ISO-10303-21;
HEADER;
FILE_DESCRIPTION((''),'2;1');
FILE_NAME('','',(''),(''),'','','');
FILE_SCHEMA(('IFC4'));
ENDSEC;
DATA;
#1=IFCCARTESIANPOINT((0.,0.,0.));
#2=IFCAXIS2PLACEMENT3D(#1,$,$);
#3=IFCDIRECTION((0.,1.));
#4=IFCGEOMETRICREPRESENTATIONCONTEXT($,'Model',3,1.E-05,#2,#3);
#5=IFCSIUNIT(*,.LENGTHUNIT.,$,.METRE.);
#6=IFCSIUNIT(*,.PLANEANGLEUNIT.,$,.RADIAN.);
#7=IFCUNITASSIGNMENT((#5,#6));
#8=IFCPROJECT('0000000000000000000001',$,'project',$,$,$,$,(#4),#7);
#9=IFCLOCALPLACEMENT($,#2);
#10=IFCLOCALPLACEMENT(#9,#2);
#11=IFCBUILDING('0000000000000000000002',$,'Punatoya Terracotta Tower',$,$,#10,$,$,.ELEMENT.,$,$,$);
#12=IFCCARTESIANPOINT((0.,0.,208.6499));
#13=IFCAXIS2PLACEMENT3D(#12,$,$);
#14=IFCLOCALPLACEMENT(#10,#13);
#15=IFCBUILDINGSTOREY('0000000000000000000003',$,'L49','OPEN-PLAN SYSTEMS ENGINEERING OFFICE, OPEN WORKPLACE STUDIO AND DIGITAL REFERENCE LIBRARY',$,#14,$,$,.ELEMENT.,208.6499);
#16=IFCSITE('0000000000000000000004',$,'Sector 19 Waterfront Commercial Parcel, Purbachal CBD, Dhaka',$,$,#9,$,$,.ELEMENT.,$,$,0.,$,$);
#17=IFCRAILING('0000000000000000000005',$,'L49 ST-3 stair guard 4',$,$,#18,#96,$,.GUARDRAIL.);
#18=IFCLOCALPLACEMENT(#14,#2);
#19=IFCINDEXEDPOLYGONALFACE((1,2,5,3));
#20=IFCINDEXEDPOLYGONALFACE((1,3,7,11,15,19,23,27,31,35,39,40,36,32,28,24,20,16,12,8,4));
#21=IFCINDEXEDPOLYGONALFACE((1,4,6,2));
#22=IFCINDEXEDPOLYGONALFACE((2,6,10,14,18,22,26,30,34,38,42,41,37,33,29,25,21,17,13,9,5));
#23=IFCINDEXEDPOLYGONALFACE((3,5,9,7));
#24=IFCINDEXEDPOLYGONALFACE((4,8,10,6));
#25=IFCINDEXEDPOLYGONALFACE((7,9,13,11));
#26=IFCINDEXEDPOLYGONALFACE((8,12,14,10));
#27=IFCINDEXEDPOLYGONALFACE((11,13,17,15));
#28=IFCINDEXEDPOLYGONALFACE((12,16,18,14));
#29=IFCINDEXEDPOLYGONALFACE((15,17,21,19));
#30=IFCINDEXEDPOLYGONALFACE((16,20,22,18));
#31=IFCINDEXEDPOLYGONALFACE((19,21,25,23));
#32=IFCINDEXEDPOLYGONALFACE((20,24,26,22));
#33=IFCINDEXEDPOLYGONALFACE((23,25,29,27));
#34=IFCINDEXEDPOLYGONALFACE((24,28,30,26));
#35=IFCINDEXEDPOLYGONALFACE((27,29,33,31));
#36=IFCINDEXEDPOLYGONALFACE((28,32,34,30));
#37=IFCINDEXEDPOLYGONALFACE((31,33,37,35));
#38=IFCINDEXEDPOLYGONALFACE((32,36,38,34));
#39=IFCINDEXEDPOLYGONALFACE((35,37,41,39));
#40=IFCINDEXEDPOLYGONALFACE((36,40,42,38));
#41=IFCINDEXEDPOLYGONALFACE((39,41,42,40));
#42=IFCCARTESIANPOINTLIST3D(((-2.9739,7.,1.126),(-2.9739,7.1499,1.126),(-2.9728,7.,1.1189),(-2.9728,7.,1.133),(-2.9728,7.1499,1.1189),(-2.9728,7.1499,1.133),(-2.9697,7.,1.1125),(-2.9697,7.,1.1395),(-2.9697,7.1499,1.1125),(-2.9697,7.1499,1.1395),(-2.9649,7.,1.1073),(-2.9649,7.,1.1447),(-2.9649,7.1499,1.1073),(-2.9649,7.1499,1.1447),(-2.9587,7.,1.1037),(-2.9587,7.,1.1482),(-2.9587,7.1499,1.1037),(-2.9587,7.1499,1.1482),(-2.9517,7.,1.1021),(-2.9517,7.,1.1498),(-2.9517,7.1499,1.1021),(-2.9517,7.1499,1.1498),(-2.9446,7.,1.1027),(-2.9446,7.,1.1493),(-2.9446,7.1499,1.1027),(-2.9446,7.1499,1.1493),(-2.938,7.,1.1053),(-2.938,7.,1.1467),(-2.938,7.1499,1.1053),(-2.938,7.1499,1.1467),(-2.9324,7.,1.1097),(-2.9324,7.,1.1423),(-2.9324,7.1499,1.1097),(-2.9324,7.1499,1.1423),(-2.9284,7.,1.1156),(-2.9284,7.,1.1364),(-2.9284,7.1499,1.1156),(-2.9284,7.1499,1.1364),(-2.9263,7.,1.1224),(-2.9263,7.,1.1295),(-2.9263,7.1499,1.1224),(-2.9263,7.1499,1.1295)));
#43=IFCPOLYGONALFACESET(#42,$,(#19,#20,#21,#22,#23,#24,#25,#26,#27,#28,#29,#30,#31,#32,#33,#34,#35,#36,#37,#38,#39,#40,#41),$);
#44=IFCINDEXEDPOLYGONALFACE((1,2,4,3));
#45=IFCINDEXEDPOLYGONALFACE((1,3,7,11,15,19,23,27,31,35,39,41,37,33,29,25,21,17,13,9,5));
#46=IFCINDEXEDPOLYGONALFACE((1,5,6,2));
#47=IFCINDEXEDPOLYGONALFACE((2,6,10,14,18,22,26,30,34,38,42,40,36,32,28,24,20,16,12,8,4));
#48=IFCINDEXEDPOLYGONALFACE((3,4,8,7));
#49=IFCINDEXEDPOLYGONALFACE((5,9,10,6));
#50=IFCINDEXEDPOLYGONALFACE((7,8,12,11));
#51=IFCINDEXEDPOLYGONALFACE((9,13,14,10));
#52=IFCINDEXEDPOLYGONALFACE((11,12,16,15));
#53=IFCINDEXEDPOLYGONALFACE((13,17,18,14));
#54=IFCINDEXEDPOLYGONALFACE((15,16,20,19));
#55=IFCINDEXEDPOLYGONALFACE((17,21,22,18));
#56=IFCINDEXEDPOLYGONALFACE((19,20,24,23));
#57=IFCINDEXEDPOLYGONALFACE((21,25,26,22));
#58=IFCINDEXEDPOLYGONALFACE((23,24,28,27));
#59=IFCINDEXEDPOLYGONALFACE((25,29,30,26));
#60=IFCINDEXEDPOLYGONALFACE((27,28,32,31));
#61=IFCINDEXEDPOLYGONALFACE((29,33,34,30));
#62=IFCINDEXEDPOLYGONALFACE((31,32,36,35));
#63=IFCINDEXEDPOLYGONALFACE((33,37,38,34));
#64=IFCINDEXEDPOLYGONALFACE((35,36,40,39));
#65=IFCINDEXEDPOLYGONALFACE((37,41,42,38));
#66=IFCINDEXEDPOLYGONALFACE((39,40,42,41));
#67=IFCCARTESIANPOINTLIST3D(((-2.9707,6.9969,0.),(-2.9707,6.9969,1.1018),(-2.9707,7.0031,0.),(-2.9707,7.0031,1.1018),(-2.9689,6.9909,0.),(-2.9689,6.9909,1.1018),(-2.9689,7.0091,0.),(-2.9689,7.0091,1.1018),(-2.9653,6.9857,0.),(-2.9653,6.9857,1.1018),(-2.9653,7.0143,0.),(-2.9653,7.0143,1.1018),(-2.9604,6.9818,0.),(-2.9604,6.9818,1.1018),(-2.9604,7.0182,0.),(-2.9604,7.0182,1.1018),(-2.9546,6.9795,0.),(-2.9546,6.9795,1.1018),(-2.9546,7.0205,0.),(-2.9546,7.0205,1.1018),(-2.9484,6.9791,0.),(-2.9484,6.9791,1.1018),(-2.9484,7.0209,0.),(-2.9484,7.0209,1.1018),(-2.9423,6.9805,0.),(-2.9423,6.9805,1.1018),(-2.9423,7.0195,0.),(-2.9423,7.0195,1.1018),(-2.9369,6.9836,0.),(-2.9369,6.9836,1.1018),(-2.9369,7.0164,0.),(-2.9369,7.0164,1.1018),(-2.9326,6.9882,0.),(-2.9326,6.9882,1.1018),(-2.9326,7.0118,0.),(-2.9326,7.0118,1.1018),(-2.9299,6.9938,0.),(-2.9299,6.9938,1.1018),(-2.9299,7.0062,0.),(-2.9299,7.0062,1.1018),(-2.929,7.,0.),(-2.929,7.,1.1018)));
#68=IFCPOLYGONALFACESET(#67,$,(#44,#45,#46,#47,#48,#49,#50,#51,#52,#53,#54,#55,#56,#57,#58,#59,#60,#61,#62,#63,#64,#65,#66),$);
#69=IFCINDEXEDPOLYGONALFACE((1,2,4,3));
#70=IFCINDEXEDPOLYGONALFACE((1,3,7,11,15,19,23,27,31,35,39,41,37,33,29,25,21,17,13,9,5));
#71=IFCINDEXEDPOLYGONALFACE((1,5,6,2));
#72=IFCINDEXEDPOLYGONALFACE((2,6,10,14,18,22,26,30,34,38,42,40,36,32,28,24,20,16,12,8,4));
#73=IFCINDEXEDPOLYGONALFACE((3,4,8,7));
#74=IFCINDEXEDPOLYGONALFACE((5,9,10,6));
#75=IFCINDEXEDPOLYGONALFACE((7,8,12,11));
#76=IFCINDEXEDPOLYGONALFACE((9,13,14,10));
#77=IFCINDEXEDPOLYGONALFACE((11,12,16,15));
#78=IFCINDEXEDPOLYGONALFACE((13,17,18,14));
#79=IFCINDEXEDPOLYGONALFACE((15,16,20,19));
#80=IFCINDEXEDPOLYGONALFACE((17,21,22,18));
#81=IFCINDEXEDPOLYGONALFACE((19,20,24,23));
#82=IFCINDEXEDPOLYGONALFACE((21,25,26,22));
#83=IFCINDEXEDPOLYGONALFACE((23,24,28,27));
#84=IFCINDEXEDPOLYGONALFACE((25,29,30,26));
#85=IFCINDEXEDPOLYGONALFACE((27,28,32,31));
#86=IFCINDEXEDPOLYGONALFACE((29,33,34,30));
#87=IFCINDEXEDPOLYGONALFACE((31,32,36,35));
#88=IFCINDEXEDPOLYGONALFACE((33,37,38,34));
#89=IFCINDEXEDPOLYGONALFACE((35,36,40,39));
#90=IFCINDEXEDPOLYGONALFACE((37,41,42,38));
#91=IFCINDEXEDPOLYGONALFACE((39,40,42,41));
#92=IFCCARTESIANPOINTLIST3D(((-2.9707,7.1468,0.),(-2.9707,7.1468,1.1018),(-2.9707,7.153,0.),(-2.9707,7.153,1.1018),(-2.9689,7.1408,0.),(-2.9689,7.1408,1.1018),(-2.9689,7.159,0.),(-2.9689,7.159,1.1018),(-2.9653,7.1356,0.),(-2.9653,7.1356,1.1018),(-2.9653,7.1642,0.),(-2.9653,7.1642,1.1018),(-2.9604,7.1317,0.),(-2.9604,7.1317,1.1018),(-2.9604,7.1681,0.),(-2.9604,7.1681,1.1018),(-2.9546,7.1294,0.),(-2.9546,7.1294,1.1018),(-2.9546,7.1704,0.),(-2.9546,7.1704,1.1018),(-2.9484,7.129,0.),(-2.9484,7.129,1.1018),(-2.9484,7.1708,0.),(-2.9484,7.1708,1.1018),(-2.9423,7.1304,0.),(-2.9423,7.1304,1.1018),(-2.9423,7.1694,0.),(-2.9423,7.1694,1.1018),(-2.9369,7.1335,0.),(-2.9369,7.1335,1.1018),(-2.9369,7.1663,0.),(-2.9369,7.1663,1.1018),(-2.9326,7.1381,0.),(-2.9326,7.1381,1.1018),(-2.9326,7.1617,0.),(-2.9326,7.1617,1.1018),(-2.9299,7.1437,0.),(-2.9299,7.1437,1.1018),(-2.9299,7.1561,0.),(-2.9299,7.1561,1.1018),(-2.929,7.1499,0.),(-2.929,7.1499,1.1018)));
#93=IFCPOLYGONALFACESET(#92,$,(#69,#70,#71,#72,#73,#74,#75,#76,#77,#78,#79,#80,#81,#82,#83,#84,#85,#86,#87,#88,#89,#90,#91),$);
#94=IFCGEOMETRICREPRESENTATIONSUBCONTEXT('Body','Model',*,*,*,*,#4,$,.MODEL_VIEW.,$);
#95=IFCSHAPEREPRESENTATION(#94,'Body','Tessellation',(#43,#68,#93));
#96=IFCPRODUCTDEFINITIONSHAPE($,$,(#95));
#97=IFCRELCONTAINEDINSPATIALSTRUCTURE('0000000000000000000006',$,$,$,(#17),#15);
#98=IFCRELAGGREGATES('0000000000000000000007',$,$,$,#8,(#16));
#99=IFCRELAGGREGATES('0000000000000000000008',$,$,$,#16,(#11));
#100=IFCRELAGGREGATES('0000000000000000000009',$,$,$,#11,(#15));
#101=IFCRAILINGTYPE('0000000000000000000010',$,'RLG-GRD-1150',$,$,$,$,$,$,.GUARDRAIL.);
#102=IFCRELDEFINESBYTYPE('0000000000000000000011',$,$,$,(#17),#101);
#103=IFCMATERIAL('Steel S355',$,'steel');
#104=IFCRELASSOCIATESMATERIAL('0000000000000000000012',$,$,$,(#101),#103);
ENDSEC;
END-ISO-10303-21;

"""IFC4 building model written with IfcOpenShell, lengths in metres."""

from ifc_helpers import new_model, si_unit, direction, frame, origin, origin_2d, place, context, subcontext, project, spatial, circle, extrude, material, type_object, element, save


model = new_model("IFC4")

# Units and contexts
model_context = context("Model", 3, precision=1e-05, world=origin(), true_north=direction((0.0, 1.0)))
body_context = subcontext(model_context, "Body", "Model", "MODEL_VIEW")
ifc_project = project(units=[si_unit("LENGTHUNIT", "METRE"), si_unit("PLANEANGLEUNIT", "RADIAN")], contexts=[model_context])

# Site, building, storey
site_placement = place(None, origin())
site = spatial("IfcSite", under=ifc_project, at=site_placement, Name="Sector 19 Waterfront Commercial Parcel, Purbachal CBD, Dhaka", CompositionType="ELEMENT", RefElevation=0.0)
building_placement = place(site_placement, origin())
building = spatial("IfcBuilding", under=site, at=building_placement, Name="Punatoya Terracotta Tower", CompositionType="ELEMENT")
storey_placement = place(building_placement, frame((0.0, 0.0, 208.6499)))
storey = spatial("IfcBuildingStorey", under=building, at=storey_placement, Name="L49", Description="OPEN-PLAN SYSTEMS ENGINEERING OFFICE, OPEN WORKPLACE STUDIO AND DIGITAL REFERENCE LIBRARY", CompositionType="ELEMENT", Elevation=208.6499)

# Shared definitions
ifc_material_1 = material(Name="Steel S355", Category="steel")

# Railing
railing_type = type_object("IfcRailingType", Name="RLG-GRD-1150", PredefinedType="GUARDRAIL", material=ifc_material_1)
railing_1_placement = place(storey_placement, frame((-2.95, 7.0, 0.0)))
element("IfcRailing", 1, at=railing_1_placement, inside=storey, type_object=railing_type, Name="L49 ST-3 stair guard 4", PredefinedType="GUARDRAIL", context=body_context, shape_type="SweptSolid", body=[
    extrude(circle(Radius=0.0239, at=origin_2d()), frame((0.0, 0.0, 1.126), z_axis=(0.0, 1.0, 0.0), x_axis=(-1.0, 0.0, 0.0)), (0.0, 0.0, 1.0), 0.1499),
    extrude(circle(Radius=0.021, at=origin_2d()), origin(), (0.0, 0.0, 1.0), 1.1018),
    extrude(circle(Radius=0.021, at=origin_2d()), frame((0.0, 0.1499, 0.0)), (0.0, 0.0, 1.0), 1.1018),
])

save(model, "model.ifc")
